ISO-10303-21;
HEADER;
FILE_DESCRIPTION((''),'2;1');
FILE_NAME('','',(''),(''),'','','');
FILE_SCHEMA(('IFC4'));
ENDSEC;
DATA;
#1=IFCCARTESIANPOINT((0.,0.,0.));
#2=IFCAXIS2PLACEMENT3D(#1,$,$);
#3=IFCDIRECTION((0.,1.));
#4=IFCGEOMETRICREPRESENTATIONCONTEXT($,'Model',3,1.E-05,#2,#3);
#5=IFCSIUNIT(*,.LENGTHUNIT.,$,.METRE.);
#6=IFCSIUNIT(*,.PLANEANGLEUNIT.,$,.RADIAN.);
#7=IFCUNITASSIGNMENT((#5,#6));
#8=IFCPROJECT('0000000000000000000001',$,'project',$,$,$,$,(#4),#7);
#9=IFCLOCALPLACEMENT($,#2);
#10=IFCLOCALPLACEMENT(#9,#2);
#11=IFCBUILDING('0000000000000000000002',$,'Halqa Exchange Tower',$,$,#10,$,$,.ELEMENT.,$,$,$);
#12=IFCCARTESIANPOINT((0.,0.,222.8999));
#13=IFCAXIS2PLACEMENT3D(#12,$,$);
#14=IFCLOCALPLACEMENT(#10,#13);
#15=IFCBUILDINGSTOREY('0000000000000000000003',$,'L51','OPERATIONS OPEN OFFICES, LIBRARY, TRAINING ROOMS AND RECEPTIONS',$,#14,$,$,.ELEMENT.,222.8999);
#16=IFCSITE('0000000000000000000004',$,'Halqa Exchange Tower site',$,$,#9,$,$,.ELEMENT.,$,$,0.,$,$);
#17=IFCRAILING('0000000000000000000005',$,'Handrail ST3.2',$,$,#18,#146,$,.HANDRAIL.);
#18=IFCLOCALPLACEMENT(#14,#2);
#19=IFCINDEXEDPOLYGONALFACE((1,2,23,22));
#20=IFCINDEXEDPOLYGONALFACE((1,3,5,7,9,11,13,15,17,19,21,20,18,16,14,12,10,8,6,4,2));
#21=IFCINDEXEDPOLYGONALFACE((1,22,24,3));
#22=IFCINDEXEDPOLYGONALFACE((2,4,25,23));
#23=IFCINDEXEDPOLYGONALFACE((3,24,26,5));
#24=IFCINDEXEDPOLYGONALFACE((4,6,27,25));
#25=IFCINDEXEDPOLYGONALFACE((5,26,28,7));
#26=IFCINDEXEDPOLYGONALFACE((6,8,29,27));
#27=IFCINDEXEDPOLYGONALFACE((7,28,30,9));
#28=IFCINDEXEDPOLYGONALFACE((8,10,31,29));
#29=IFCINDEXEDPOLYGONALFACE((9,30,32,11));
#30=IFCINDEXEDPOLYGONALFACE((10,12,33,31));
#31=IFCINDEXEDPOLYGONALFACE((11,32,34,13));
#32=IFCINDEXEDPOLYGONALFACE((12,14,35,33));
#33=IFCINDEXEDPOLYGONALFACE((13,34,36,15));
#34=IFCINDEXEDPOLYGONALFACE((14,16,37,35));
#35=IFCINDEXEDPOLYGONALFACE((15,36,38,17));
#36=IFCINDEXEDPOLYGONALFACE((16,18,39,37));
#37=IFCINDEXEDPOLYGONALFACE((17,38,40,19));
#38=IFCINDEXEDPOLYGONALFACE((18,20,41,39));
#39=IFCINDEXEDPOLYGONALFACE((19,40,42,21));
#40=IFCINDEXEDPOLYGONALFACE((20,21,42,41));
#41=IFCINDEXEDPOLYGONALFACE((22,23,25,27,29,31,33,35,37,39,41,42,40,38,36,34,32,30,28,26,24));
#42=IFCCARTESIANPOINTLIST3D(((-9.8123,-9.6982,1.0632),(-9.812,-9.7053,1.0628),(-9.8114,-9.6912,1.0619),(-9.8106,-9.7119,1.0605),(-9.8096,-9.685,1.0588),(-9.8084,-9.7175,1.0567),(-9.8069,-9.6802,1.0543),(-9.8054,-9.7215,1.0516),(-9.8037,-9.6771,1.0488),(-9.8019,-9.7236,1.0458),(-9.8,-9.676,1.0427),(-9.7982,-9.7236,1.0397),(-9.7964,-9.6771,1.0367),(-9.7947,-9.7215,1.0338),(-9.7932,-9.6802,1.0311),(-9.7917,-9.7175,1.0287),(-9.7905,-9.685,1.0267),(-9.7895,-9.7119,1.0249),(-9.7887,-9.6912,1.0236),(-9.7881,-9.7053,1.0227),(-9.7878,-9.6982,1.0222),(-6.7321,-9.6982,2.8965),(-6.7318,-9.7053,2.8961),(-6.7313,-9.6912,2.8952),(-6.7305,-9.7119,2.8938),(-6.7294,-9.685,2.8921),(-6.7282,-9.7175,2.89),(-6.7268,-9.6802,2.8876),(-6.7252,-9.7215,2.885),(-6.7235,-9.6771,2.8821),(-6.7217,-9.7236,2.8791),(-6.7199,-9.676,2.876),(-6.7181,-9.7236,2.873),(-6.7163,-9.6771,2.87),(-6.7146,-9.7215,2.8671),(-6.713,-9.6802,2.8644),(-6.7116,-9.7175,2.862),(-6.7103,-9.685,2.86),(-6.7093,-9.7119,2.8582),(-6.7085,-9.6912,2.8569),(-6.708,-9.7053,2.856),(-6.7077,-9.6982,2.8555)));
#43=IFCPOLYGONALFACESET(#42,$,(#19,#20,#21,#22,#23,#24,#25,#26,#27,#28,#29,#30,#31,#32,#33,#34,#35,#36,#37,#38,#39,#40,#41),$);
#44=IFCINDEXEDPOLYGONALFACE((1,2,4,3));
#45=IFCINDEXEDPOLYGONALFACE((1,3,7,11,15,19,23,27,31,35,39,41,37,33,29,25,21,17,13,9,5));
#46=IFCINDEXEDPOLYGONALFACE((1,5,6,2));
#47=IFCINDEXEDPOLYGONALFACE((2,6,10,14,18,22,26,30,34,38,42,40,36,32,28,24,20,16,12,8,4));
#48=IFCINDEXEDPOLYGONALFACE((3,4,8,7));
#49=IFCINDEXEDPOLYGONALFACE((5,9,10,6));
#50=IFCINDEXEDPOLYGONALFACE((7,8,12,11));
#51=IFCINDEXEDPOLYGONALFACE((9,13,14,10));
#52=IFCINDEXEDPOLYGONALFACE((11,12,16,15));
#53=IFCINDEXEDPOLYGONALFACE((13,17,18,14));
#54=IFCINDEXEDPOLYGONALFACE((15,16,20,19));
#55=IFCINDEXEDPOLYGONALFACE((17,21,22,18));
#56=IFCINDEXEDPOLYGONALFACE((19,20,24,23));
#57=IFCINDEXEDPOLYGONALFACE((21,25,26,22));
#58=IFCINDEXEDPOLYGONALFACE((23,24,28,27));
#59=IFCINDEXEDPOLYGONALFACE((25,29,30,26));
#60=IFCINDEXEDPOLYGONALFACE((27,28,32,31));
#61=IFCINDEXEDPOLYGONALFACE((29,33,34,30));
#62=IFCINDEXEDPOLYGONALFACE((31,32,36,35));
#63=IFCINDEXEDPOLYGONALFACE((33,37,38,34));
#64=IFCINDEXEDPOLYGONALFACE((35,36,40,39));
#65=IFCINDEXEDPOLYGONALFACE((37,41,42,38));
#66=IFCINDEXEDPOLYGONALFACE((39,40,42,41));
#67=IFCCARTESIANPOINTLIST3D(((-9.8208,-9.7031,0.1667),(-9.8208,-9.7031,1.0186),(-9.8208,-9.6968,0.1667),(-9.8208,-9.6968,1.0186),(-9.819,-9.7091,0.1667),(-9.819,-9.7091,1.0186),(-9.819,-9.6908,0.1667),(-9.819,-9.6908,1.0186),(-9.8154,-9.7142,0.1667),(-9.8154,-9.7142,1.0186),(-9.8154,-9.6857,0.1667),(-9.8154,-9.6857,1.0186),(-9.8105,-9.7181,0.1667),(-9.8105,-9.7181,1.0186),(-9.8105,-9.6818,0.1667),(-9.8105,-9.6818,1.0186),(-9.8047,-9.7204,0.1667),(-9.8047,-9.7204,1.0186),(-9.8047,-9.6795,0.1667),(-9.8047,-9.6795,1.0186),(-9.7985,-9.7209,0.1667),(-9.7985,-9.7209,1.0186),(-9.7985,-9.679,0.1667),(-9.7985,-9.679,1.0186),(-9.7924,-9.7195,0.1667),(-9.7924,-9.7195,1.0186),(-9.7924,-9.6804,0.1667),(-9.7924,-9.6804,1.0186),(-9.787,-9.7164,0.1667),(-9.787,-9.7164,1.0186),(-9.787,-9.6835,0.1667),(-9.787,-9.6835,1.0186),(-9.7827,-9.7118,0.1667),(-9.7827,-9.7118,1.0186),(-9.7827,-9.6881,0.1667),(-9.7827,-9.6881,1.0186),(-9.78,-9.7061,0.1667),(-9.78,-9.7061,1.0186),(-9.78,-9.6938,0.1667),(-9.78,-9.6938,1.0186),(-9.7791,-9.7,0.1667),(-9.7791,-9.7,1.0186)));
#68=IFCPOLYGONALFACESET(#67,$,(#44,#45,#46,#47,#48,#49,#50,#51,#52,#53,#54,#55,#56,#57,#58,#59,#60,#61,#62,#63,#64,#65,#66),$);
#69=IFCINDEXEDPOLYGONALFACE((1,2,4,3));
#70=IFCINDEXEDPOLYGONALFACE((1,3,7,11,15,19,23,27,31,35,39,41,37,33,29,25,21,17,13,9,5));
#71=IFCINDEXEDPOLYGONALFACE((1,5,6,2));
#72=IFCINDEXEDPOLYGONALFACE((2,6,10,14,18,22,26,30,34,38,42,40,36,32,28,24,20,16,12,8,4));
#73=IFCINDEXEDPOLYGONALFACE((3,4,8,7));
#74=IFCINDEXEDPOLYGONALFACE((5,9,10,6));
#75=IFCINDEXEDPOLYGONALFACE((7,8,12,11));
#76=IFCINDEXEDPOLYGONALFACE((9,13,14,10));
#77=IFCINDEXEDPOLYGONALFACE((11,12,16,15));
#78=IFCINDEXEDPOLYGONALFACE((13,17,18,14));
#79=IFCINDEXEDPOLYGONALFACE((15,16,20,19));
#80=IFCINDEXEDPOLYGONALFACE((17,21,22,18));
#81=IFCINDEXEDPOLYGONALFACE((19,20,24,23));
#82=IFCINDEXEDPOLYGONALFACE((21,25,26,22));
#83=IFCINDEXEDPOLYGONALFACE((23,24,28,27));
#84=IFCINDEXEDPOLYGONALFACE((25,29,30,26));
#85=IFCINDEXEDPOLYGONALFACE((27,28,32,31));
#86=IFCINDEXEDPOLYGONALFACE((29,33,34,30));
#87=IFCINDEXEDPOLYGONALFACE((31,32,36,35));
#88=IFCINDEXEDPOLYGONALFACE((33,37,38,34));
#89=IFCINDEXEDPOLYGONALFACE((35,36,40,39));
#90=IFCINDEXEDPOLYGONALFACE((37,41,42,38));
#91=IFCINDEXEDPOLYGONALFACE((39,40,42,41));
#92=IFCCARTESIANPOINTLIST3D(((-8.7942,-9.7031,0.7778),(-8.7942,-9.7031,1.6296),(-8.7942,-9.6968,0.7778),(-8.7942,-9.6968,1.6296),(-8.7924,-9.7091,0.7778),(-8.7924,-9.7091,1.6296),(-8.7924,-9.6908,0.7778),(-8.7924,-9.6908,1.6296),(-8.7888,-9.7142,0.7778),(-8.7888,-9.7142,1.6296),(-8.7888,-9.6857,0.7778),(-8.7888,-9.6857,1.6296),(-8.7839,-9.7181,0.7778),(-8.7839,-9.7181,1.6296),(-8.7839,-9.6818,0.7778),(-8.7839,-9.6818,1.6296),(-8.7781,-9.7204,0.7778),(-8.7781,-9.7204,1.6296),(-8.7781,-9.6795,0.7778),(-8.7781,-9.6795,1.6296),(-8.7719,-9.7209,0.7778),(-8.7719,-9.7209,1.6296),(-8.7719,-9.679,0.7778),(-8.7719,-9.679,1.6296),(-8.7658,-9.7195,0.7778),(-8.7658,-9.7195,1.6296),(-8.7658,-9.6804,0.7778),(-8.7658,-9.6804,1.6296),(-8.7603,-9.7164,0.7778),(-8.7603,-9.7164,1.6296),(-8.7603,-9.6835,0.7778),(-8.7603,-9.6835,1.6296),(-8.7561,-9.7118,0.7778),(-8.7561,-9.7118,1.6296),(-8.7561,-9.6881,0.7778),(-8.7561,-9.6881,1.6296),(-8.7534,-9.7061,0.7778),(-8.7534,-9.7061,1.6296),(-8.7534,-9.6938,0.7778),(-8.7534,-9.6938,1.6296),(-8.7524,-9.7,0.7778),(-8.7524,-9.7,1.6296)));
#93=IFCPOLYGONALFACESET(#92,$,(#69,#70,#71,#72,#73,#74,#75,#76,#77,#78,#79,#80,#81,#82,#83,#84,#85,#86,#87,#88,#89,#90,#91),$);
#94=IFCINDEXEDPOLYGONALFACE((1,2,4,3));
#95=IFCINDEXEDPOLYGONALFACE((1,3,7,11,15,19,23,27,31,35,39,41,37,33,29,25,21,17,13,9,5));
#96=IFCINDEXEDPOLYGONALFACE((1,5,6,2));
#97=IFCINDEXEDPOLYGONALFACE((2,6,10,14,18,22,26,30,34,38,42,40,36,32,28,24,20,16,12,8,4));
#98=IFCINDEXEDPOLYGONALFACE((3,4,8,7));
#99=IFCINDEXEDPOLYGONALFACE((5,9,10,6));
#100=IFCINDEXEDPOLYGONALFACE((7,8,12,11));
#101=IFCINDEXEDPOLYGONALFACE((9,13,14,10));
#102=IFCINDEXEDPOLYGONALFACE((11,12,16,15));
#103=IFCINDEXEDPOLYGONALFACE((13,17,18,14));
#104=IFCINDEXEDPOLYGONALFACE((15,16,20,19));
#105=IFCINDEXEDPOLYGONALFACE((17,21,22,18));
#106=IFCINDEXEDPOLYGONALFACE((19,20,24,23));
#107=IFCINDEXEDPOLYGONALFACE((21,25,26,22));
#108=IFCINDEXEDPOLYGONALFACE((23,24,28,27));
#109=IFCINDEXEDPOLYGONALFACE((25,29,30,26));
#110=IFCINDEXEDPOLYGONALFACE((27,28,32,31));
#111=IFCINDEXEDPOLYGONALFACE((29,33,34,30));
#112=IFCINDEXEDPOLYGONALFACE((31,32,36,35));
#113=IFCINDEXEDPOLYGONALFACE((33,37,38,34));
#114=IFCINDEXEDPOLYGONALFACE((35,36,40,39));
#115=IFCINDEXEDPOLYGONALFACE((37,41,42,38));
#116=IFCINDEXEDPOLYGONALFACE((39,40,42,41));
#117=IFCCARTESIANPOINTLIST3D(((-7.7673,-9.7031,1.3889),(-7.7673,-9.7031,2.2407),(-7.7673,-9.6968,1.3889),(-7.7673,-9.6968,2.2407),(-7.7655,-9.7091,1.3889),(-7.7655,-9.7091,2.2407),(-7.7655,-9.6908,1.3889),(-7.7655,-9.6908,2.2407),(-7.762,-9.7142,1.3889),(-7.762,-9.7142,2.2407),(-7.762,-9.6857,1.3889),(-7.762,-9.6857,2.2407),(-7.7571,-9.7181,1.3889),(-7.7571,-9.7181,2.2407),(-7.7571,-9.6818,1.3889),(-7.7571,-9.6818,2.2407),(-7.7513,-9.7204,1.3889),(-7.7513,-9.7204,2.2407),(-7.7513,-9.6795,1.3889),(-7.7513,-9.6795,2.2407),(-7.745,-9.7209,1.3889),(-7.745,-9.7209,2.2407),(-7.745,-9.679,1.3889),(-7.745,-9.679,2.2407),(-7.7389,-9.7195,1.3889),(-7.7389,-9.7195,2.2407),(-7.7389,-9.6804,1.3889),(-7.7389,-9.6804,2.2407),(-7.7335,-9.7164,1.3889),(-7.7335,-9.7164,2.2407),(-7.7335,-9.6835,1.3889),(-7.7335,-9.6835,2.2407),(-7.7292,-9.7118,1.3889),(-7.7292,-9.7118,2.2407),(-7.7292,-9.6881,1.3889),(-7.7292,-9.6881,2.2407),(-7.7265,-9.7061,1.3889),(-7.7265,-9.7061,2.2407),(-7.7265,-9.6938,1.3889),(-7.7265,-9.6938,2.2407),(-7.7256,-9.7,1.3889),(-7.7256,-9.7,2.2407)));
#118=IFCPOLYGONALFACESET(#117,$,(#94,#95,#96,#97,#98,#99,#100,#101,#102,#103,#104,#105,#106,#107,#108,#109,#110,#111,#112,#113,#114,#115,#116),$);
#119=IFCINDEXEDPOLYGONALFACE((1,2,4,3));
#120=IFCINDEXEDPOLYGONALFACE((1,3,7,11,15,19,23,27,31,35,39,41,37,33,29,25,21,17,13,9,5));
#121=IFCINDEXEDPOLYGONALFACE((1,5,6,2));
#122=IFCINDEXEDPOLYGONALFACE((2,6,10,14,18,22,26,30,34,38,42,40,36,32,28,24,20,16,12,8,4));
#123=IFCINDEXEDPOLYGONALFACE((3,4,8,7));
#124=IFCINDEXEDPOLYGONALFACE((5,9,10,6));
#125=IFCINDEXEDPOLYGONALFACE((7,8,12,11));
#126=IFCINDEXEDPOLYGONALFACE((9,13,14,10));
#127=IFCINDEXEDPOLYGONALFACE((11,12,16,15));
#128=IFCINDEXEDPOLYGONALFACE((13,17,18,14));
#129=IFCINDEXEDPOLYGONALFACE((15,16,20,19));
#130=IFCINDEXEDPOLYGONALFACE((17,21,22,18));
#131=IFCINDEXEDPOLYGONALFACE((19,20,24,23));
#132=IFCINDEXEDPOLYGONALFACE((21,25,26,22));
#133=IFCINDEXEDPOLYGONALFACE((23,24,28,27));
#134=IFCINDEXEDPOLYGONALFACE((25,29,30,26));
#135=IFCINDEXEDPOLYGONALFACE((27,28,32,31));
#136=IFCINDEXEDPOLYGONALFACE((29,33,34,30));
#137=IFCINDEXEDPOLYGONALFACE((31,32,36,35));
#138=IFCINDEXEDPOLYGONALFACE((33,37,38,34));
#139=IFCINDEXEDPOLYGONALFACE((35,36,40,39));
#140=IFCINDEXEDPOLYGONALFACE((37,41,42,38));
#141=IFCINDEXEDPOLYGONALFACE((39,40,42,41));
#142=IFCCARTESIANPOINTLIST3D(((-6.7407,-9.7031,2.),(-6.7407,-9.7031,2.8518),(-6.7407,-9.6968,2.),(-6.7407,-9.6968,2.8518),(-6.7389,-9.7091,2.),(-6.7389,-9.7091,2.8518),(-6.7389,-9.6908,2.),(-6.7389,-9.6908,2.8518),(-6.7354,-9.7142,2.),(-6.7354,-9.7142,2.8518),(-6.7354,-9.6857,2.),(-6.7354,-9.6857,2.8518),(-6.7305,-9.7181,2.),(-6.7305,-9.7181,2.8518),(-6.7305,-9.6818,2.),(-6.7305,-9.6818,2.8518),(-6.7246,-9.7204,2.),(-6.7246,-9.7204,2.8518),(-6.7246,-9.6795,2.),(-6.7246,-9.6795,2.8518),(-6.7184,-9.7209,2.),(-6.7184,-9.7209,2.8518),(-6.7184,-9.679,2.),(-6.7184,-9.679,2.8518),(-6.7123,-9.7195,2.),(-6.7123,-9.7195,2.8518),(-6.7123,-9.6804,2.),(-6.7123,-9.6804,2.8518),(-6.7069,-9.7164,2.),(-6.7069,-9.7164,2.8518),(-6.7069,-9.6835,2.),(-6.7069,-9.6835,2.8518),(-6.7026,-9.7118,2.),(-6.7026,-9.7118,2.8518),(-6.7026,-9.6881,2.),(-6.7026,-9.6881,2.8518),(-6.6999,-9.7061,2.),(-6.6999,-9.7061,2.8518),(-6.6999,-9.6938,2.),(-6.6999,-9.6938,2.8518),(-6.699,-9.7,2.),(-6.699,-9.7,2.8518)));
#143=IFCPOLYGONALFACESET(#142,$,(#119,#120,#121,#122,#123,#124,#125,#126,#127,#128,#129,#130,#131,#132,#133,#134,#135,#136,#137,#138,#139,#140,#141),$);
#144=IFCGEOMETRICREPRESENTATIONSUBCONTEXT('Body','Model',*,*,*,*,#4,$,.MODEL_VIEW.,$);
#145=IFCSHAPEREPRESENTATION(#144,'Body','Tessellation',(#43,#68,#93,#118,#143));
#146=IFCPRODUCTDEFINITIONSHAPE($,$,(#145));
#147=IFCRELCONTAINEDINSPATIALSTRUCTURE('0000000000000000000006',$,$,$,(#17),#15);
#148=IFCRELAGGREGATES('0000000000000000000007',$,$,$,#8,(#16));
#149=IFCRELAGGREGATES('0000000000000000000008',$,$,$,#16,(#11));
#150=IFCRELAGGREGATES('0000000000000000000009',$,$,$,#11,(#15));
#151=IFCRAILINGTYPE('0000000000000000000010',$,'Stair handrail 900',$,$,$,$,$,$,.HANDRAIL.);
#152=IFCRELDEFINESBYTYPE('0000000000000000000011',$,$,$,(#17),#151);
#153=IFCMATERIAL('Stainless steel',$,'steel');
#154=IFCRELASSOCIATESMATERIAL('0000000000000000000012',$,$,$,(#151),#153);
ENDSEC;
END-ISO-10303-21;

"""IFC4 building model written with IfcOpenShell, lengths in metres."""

from ifc_helpers import new_model, si_unit, direction, frame, origin, origin_2d, place, context, subcontext, project, spatial, circle, extrude, material, type_object, element, save


model = new_model("IFC4")

# Units and contexts
model_context = context("Model", 3, precision=1e-05, world=origin(), true_north=direction((0.0, 1.0)))
body_context = subcontext(model_context, "Body", "Model", "MODEL_VIEW")
ifc_project = project(units=[si_unit("LENGTHUNIT", "METRE"), si_unit("PLANEANGLEUNIT", "RADIAN")], contexts=[model_context])

# Site, building, storey
site_placement = place(None, origin())
site = spatial("IfcSite", under=ifc_project, at=site_placement, Name="Halqa Exchange Tower site", CompositionType="ELEMENT", RefElevation=0.0)
building_placement = place(site_placement, origin())
building = spatial("IfcBuilding", under=site, at=building_placement, Name="Halqa Exchange Tower", CompositionType="ELEMENT")
storey_placement = place(building_placement, frame((0.0, 0.0, 222.8999)))
storey = spatial("IfcBuildingStorey", under=building, at=storey_placement, Name="L51", Description="OPERATIONS OPEN OFFICES, LIBRARY, TRAINING ROOMS AND RECEPTIONS", CompositionType="ELEMENT", Elevation=222.8999)

# Shared definitions
ifc_material_1 = material(Name="Stainless steel", Category="steel")

# Railing
railing_type_1 = type_object("IfcRailingType", Name="Stair handrail 900", PredefinedType="HANDRAIL", material=ifc_material_1)
railing_1_placement = place(storey_placement, frame((-9.8, -9.7, 0.1667)))
element("IfcRailing", 1, at=railing_1_placement, inside=storey, type_object=railing_type_1, Name="Handrail ST3.2", PredefinedType="HANDRAIL", context=body_context, shape_type="SweptSolid", body=[
    extrude(circle(Radius=0.0239, at=origin_2d()), frame((0.0, 0.0, 0.876), z_axis=(0.859309, 0.0, 0.511458), x_axis=(0.0, 1.0, 0.0)), (0.0, 0.0, 1.0), 3.5845),
    extrude(circle(Radius=0.021, at=origin_2d()), origin(), (0.0, 0.0, 1.0), 0.8518),
    extrude(circle(Radius=0.021, at=origin_2d()), frame((1.0266, 0.0, 0.6111)), (0.0, 0.0, 1.0), 0.8518),
    extrude(circle(Radius=0.021, at=origin_2d()), frame((2.0535, 0.0, 1.2222)), (0.0, 0.0, 1.0), 0.8518),
    extrude(circle(Radius=0.021, at=origin_2d()), frame((3.0801, 0.0, 1.8333)), (0.0, 0.0, 1.0), 0.8518),
])

save(model, "model.ifc")
